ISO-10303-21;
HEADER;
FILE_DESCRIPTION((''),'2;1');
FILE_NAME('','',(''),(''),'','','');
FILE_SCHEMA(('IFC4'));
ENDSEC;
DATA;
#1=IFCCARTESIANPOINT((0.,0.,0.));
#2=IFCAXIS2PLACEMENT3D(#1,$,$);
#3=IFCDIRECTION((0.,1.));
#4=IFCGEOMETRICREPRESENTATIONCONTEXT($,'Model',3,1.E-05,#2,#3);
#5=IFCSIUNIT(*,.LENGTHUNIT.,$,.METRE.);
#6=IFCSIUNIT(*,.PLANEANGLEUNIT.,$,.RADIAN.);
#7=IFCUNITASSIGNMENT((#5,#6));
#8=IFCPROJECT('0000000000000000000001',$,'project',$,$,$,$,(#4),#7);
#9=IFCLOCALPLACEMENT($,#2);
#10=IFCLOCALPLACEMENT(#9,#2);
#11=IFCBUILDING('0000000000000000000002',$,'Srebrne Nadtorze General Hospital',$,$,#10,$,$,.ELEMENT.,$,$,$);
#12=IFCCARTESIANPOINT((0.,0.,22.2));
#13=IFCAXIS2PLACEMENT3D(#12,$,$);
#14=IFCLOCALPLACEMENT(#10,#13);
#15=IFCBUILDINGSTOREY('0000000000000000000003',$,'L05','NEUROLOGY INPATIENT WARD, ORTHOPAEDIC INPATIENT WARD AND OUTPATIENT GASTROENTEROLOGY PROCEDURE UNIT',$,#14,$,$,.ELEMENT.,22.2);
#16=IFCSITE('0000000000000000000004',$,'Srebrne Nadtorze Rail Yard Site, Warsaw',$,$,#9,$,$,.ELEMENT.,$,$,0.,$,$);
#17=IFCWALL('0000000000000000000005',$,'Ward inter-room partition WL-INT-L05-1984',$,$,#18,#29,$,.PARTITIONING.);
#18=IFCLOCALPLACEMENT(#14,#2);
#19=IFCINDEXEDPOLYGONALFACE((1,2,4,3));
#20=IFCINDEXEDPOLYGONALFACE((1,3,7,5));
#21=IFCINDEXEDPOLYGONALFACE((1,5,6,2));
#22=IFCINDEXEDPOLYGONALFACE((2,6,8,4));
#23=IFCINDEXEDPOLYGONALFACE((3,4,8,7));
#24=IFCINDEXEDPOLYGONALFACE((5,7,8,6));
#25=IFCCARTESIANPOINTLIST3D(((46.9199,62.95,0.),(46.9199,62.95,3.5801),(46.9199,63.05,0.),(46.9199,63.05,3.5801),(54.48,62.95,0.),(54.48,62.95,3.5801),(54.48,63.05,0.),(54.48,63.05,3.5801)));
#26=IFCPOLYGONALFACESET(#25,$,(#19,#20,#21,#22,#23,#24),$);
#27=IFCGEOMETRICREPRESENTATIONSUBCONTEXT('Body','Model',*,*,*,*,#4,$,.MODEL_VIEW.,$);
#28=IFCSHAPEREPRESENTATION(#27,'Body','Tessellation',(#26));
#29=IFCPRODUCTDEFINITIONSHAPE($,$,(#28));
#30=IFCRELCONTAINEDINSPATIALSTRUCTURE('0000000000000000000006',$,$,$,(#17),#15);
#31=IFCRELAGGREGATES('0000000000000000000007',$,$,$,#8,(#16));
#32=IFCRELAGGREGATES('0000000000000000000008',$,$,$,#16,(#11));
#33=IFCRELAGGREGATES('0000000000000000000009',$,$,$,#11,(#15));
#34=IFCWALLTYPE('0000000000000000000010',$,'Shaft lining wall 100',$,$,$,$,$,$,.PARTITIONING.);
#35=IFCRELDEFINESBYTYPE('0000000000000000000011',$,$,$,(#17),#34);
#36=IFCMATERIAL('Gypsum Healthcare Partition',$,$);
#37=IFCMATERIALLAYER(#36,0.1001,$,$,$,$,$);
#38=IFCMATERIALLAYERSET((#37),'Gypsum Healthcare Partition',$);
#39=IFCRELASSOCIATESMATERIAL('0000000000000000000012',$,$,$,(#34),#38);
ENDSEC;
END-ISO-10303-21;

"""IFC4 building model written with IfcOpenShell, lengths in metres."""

from ifc_helpers import new_model, si_unit, direction, frame, frame_2d, origin, place, context, subcontext, project, spatial, rectangle, extrude, material, layer, layer_set, type_object, element, save


model = new_model("IFC4")

# Units and contexts
model_context = context("Model", 3, precision=1e-05, world=origin(), true_north=direction((0.0, 1.0)))
body_context = subcontext(model_context, "Body", "Model", "MODEL_VIEW")
ifc_project = project(units=[si_unit("LENGTHUNIT", "METRE"), si_unit("PLANEANGLEUNIT", "RADIAN")], contexts=[model_context])

# Site, building, storey
site_placement = place(None, origin())
site = spatial("IfcSite", under=ifc_project, at=site_placement, Name="Srebrne Nadtorze Rail Yard Site, Warsaw", CompositionType="ELEMENT", RefElevation=0.0)
building_placement = place(site_placement, origin())
building = spatial("IfcBuilding", under=site, at=building_placement, Name="Srebrne Nadtorze General Hospital", CompositionType="ELEMENT")
storey_placement = place(building_placement, frame((0.0, 0.0, 22.2)))
storey = spatial("IfcBuildingStorey", under=building, at=storey_placement, Name="L05", Description="NEUROLOGY INPATIENT WARD, ORTHOPAEDIC INPATIENT WARD AND OUTPATIENT GASTROENTEROLOGY PROCEDURE UNIT", CompositionType="ELEMENT", Elevation=22.2)

# Wall
ifc_material_1 = material(Name="Gypsum Healthcare Partition")
ifc_layer_1 = layer(ifc_material_1, 0.1001)
ifc_layer_set_1 = layer_set([ifc_layer_1], Name="Gypsum Healthcare Partition")
wall_type_1 = type_object("IfcWallType", Name="Shaft lining wall 100", PredefinedType="PARTITIONING", material=ifc_layer_set_1)
wall_1_placement = place(storey_placement, frame((46.9199, 63.0, 0.0), z_axis=(0.0, 0.0, 1.0), x_axis=(1.0, 0.0, 0.0)))
element("IfcWall", 1, at=wall_1_placement, inside=storey, type_object=wall_type_1, Name="Ward inter-room partition WL-INT-L05-1984", PredefinedType="PARTITIONING", context=body_context, shape_type="SweptSolid", body=[
    extrude(rectangle(XDim=7.5601, YDim=0.1001, at=frame_2d((3.78, 0.0))), origin(), (0.0, 0.0, 1.0), 3.5801),
])

save(model, "model.ifc")
